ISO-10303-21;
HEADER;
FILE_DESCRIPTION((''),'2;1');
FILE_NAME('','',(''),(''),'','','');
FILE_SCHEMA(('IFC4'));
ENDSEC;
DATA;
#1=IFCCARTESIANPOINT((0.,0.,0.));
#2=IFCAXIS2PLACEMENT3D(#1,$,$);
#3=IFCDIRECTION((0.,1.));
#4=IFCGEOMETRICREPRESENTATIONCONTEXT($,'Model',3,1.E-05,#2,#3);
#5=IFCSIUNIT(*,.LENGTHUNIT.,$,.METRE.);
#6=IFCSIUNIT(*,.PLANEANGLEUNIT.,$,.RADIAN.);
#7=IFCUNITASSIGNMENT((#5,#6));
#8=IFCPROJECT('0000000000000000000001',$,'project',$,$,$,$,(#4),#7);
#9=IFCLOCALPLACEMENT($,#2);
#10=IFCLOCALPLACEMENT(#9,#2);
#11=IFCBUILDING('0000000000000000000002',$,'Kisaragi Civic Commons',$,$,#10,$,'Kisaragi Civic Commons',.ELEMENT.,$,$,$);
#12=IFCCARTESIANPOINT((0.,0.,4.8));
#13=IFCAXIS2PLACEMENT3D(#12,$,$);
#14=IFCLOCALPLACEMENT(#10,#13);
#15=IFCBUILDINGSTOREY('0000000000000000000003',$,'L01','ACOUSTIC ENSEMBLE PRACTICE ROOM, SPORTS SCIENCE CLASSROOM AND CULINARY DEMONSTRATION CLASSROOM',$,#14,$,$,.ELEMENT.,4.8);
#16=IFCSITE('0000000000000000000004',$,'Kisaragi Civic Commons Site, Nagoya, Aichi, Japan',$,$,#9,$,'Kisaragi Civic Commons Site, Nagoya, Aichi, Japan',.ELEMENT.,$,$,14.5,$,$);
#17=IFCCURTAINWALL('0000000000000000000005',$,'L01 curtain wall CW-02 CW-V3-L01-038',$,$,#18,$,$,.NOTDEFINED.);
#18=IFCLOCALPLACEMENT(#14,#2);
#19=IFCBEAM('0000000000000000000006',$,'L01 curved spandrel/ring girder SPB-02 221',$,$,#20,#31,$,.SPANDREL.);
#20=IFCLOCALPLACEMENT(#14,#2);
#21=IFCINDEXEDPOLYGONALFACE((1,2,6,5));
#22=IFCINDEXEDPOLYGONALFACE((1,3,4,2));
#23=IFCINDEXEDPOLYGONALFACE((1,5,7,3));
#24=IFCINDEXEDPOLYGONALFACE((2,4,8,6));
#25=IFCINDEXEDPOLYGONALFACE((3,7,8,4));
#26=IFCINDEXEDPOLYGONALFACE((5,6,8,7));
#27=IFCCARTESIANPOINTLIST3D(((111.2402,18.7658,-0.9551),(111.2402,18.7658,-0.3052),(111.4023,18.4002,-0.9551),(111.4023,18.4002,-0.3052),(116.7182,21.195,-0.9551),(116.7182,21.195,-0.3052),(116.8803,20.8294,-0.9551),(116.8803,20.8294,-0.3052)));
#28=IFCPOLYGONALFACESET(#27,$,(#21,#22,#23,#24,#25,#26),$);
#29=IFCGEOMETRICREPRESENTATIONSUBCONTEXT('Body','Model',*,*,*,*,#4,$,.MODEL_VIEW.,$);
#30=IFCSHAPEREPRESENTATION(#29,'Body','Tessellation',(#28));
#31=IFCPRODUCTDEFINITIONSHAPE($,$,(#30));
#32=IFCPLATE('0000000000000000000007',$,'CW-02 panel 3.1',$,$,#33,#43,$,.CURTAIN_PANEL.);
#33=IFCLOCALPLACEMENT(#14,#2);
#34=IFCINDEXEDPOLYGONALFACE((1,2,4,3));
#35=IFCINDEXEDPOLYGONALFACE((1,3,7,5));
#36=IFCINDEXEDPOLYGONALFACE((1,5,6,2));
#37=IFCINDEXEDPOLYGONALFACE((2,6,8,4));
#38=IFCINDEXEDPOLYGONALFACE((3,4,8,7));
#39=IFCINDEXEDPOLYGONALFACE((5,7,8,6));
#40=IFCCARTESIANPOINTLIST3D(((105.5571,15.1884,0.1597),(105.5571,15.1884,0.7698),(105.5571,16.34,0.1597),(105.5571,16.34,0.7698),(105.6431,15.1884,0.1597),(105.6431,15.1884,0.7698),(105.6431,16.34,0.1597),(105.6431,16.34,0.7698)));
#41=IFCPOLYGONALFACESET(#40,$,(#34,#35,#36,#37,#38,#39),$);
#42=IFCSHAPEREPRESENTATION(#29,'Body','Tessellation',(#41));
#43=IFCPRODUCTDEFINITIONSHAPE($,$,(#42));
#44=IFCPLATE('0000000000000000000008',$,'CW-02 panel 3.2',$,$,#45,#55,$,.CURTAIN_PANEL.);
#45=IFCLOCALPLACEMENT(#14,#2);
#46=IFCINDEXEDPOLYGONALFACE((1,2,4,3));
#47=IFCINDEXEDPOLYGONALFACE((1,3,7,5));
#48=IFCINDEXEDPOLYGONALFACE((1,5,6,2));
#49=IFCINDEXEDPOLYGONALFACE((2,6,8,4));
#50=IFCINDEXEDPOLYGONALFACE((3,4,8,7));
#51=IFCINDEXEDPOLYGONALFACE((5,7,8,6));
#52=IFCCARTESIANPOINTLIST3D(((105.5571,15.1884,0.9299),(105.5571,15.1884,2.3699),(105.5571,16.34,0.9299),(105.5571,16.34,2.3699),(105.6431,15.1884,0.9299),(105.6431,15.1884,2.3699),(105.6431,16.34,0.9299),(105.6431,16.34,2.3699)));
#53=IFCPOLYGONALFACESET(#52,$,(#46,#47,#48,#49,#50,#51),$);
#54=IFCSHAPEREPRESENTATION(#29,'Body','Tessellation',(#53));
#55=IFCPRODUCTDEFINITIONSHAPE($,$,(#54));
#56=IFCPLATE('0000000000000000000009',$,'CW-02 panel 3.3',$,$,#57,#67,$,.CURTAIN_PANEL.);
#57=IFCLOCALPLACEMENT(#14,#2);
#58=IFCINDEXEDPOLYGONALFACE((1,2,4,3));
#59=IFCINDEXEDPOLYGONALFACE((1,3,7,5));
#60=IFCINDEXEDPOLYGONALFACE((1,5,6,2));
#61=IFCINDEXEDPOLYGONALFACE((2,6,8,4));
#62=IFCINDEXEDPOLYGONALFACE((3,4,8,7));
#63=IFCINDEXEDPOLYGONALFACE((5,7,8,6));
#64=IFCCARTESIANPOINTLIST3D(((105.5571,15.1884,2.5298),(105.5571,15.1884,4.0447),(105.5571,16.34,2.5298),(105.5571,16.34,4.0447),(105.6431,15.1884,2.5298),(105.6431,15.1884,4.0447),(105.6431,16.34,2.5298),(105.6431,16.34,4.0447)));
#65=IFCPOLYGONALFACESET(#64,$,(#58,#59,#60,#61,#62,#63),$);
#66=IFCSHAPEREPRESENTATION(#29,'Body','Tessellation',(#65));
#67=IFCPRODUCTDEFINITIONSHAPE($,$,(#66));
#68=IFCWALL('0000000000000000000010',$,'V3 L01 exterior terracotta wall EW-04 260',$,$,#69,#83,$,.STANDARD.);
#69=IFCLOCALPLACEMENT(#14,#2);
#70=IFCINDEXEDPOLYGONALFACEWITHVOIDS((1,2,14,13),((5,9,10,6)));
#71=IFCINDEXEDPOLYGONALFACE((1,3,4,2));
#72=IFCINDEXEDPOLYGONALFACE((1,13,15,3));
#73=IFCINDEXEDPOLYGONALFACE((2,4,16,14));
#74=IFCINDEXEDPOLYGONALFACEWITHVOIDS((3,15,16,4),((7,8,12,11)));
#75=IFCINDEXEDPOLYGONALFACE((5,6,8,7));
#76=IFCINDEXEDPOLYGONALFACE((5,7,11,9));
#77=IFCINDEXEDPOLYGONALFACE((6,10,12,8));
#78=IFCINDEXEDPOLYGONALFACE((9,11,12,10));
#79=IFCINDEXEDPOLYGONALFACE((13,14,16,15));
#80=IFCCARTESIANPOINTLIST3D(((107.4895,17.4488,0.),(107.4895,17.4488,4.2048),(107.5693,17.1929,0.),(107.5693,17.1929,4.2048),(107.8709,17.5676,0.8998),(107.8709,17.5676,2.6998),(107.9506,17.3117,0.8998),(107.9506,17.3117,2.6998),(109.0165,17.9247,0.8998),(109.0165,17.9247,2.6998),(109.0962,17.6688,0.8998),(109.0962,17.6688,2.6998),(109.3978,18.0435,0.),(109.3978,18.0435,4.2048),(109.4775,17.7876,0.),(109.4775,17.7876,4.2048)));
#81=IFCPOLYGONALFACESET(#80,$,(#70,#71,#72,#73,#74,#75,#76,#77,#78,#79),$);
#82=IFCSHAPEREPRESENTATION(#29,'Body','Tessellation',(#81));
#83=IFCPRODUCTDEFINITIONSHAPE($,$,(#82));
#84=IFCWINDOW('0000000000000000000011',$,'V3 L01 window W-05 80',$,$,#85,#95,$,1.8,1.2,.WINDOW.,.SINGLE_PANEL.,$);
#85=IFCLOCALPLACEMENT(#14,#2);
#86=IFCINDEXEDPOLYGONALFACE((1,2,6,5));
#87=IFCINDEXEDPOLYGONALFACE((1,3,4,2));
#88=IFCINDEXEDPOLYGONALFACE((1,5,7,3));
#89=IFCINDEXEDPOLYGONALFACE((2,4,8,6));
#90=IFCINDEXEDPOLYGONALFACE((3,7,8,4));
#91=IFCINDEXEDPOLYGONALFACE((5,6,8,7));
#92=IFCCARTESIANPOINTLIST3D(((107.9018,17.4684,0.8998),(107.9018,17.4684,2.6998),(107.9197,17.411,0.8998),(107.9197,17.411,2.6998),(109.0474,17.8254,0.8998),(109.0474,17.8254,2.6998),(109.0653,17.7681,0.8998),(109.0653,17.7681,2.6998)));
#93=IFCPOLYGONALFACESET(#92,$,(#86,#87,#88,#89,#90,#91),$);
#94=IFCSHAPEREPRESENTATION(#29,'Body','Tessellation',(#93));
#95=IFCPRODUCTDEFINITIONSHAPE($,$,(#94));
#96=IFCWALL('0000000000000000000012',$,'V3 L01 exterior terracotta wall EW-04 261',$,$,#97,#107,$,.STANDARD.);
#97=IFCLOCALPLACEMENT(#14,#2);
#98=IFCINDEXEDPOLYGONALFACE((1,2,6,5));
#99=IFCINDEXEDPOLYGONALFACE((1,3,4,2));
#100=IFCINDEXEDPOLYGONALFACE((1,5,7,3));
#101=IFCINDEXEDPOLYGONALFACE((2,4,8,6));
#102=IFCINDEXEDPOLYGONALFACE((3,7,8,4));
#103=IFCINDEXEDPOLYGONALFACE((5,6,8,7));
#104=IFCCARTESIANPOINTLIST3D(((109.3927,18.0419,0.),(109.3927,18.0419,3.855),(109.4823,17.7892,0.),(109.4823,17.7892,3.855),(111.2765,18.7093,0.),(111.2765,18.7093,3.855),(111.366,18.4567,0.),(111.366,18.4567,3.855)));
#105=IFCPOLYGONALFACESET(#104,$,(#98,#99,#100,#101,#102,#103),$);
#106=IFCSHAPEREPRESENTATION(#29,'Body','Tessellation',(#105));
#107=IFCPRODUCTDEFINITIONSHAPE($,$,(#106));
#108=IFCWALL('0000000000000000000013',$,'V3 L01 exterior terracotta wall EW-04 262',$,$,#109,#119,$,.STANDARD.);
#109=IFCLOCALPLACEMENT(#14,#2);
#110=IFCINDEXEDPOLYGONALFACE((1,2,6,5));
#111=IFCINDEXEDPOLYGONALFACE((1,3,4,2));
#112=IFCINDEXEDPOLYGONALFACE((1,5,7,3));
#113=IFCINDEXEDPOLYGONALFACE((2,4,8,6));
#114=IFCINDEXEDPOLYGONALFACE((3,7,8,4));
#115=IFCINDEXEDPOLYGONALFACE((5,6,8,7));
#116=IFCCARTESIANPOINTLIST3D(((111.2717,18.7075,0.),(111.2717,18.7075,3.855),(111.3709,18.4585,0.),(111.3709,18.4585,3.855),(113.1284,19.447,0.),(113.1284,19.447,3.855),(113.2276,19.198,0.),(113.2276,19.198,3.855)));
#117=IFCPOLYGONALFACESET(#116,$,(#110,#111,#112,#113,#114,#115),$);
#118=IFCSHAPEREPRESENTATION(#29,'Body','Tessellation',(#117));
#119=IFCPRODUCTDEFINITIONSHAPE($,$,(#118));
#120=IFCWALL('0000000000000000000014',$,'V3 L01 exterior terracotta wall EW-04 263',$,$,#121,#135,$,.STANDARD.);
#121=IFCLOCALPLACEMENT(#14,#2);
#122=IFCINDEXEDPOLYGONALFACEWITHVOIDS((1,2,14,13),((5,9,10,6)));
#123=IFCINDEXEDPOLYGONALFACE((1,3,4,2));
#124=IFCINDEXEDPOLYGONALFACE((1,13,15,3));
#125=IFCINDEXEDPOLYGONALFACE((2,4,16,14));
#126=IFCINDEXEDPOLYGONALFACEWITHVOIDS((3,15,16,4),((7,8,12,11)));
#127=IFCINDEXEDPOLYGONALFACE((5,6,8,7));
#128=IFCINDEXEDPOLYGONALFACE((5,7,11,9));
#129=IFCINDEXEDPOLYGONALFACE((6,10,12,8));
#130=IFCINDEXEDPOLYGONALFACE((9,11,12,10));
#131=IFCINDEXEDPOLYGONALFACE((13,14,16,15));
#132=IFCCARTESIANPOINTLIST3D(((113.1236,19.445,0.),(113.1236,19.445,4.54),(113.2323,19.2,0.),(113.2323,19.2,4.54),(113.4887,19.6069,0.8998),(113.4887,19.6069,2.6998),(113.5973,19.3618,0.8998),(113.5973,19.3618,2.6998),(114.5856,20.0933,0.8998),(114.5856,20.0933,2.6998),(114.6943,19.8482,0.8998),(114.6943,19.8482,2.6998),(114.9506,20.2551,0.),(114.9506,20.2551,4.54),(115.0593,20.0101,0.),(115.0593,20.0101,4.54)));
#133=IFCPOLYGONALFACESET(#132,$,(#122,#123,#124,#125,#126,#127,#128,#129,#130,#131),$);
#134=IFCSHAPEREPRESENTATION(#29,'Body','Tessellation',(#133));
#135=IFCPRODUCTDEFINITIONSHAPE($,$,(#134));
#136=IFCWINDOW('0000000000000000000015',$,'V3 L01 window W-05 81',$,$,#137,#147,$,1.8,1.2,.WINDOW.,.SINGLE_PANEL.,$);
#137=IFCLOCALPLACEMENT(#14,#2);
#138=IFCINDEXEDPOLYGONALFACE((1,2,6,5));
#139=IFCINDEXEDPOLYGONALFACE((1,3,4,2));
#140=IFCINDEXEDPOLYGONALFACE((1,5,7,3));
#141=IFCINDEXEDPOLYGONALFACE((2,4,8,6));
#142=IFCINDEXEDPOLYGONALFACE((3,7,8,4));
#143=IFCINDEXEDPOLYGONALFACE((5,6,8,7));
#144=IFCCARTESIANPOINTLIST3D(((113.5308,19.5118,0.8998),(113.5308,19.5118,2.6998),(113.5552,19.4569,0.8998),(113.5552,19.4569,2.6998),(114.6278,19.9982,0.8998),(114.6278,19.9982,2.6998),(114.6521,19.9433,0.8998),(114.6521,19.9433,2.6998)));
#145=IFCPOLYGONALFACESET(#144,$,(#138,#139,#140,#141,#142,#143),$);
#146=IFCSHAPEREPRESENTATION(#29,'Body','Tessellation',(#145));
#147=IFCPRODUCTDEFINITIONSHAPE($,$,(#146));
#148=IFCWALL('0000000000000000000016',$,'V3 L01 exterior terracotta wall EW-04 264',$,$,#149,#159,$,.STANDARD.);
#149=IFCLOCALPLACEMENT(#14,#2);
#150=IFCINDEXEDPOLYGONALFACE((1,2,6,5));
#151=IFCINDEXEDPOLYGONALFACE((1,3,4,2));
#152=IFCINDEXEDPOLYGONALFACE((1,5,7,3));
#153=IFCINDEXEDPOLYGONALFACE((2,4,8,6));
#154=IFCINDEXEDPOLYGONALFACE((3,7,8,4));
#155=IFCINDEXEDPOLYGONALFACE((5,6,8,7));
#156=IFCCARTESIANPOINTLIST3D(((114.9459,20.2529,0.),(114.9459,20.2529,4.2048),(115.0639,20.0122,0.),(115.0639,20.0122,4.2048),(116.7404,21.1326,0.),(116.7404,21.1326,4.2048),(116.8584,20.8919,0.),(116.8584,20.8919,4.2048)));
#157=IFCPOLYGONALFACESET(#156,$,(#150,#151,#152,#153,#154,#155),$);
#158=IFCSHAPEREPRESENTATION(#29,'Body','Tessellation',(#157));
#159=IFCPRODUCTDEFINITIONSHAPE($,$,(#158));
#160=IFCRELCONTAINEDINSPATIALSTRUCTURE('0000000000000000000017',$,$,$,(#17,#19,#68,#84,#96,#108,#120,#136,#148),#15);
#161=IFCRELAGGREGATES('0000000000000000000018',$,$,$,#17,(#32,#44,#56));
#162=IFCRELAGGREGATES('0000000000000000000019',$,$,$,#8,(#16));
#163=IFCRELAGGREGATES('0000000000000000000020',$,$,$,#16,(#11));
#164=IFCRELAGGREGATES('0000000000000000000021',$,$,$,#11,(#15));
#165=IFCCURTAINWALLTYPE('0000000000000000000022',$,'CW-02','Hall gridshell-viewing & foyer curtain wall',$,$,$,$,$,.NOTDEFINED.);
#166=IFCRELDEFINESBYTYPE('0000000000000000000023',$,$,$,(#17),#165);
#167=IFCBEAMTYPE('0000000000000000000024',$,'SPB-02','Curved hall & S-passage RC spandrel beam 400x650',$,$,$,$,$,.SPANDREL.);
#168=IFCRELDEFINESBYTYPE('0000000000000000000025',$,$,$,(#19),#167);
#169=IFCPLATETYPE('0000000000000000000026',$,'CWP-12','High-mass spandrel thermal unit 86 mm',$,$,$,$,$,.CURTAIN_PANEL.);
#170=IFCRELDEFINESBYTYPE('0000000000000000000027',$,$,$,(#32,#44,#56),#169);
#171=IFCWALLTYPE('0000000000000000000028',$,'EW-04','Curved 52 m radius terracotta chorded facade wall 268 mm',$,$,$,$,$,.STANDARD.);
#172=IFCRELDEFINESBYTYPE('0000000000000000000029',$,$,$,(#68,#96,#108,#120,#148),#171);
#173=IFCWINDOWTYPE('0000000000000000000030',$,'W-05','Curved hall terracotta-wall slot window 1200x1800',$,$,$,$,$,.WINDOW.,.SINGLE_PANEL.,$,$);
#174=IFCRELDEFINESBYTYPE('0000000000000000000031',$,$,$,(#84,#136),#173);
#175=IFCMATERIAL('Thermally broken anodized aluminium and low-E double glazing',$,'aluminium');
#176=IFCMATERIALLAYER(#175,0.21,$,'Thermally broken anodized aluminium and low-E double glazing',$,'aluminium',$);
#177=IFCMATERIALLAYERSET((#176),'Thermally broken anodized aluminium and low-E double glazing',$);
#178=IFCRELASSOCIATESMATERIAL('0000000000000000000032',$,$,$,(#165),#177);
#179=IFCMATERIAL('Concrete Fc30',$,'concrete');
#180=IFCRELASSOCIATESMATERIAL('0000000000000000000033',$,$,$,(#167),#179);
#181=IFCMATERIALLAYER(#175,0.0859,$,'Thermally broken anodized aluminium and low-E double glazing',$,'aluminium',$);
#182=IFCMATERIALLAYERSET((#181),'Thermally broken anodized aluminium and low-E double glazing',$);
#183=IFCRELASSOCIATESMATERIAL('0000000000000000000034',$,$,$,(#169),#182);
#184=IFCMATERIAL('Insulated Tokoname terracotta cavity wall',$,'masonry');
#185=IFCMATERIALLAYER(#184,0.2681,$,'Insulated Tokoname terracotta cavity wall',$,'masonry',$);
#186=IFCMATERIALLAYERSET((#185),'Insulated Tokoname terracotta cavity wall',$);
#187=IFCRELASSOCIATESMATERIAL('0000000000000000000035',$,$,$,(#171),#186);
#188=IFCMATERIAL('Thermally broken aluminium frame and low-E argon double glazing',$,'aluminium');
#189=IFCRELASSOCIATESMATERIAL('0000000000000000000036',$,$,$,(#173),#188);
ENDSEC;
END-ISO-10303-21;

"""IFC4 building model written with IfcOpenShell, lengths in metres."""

from ifc_helpers import new_model, si_unit, direction, frame, frame_2d, origin, origin_2d, place, context, subcontext, project, spatial, rectangle, extrude, material, layer, layer_set, material_profile, profile_set, type_object, element, fill, aggregate, save


model = new_model("IFC4")

# Units and contexts
model_context = context("Model", 3, precision=1e-05, world=origin(), true_north=direction((0.0, 1.0)))
body_context = subcontext(model_context, "Body", "Model", "MODEL_VIEW")
ifc_project = project(units=[si_unit("LENGTHUNIT", "METRE"), si_unit("PLANEANGLEUNIT", "RADIAN")], contexts=[model_context])

# Site, building, storey
site_placement = place(None, origin())
site = spatial("IfcSite", under=ifc_project, at=site_placement, Name="Kisaragi Civic Commons Site, Nagoya, Aichi, Japan", LongName="Kisaragi Civic Commons Site, Nagoya, Aichi, Japan", CompositionType="ELEMENT", RefElevation=14.5)
building_placement = place(site_placement, origin())
building = spatial("IfcBuilding", under=site, at=building_placement, Name="Kisaragi Civic Commons", LongName="Kisaragi Civic Commons", CompositionType="ELEMENT")
storey_placement = place(building_placement, frame((0.0, 0.0, 4.8)))
storey = spatial("IfcBuildingStorey", under=building, at=storey_placement, Name="L01", Description="ACOUSTIC ENSEMBLE PRACTICE ROOM, SPORTS SCIENCE CLASSROOM AND CULINARY DEMONSTRATION CLASSROOM", CompositionType="ELEMENT", Elevation=4.8)

# Shared definitions
ifc_material_1 = material(Name="Concrete Fc30", Category="concrete")

# Curtain wall
ifc_material_2 = material(Name="Thermally broken anodized aluminium and low-E double glazing", Category="aluminium")
ifc_layer_1 = layer(ifc_material_2, 0.21, Name="Thermally broken anodized aluminium and low-E double glazing", Category="aluminium")
ifc_layer_set_1 = layer_set([ifc_layer_1], Name="Thermally broken anodized aluminium and low-E double glazing")
curtain_wall_type = type_object("IfcCurtainWallType", Name="CW-02", Description="Hall gridshell-viewing & foyer curtain wall", PredefinedType="NOTDEFINED", material=ifc_layer_set_1)
curtain_wall_placement = place(storey_placement, origin())
curtain_wall = element("IfcCurtainWall", 1, at=curtain_wall_placement, inside=storey, type_object=curtain_wall_type, Name="L01 curtain wall CW-02 CW-V3-L01-038", PredefinedType="NOTDEFINED")

# Beam
ifc_material_profile_1 = material_profile(ifc_material_1, rectangle(XDim=0.3999, YDim=0.6499, at=origin_2d()), Name="RC-400x650", Category="concrete")
ifc_profile_set_1 = profile_set([ifc_material_profile_1], Name="Concrete Fc30")
beam_type_1 = type_object("IfcBeamType", Name="SPB-02", Description="Curved hall & S-passage RC spandrel beam 400x650", PredefinedType="SPANDREL", material=ifc_profile_set_1)
beam_1_placement = place(storey_placement, frame((111.3213, 18.583, -0.6301), z_axis=(0.914151, 0.405375, 0.0), x_axis=(-0.405375, 0.914151, 0.0)))
element("IfcBeam", 2, at=beam_1_placement, inside=storey, type_object=beam_type_1, Name="L01 curved spandrel/ring girder SPB-02 221", PredefinedType="SPANDREL", context=body_context, shape_type="SweptSolid", body=[
    extrude(rectangle(XDim=0.3999, YDim=0.6499, at=origin_2d()), origin(), (0.0, 0.0, 1.0), 5.9924),
])

# Plates
ifc_layer_2 = layer(ifc_material_2, 0.0859, Name="Thermally broken anodized aluminium and low-E double glazing", Category="aluminium")
ifc_layer_set_2 = layer_set([ifc_layer_2], Name="Thermally broken anodized aluminium and low-E double glazing")
plate_type = type_object("IfcPlateType", Name="CWP-12", Description="High-mass spandrel thermal unit 86 mm", PredefinedType="CURTAIN_PANEL", material=ifc_layer_set_2)
plate_1_placement = place(storey_placement, frame((105.6001, 15.7642, 0.1597), z_axis=(0.0, 0.0, 1.0), x_axis=(0.0, 1.0, 0.0)))
plate_1 = element("IfcPlate", 3, at=plate_1_placement, type_object=plate_type, Name="CW-02 panel 3.1", PredefinedType="CURTAIN_PANEL", context=body_context, shape_type="SweptSolid", body=[
    extrude(rectangle(XDim=1.1516, YDim=0.0859, at=origin_2d()), origin(), (0.0, 0.0, 1.0), 0.6101),
])
plate_2_placement = place(storey_placement, frame((105.6001, 15.7642, 0.9299), z_axis=(0.0, 0.0, 1.0), x_axis=(0.0, 1.0, 0.0)))
plate_2 = element("IfcPlate", 4, at=plate_2_placement, type_object=plate_type, Name="CW-02 panel 3.2", PredefinedType="CURTAIN_PANEL", context=body_context, shape_type="SweptSolid", body=[
    extrude(rectangle(XDim=1.1516, YDim=0.0859, at=origin_2d()), origin(), (0.0, 0.0, 1.0), 1.4399),
])
plate_3_placement = place(storey_placement, frame((105.6001, 15.7642, 2.5298), z_axis=(0.0, 0.0, 1.0), x_axis=(0.0, 1.0, 0.0)))
plate_3 = element("IfcPlate", 5, at=plate_3_placement, type_object=plate_type, Name="CW-02 panel 3.3", PredefinedType="CURTAIN_PANEL", context=body_context, shape_type="SweptSolid", body=[
    extrude(rectangle(XDim=1.1516, YDim=0.0859, at=origin_2d()), origin(), (0.0, 0.0, 1.0), 1.5149),
])
aggregate(curtain_wall, [plate_1, plate_2, plate_3])

# Wall, opening, window
ifc_material_3 = material(Name="Insulated Tokoname terracotta cavity wall", Category="masonry")
ifc_layer_3 = layer(ifc_material_3, 0.2681, Name="Insulated Tokoname terracotta cavity wall", Category="masonry")
ifc_layer_set_3 = layer_set([ifc_layer_3], Name="Insulated Tokoname terracotta cavity wall")
wall_type = type_object("IfcWallType", Name="EW-04", Description="Curved 52 m radius terracotta chorded facade wall 268 mm", PredefinedType="STANDARD", material=ifc_layer_set_3)
wall_1_placement = place(storey_placement, frame((107.5293, 17.3208, 0.0), z_axis=(0.0, 0.0, 1.0), x_axis=(0.954706, 0.297552, 0.0)))
wall_1 = element("IfcWall", 6, at=wall_1_placement, inside=storey, type_object=wall_type, Name="V3 L01 exterior terracotta wall EW-04 260", PredefinedType="STANDARD", context=body_context, shape_type="SweptSolid", body=[
    extrude(rectangle(XDim=1.9988, YDim=0.2681, at=frame_2d((0.9995, 0.0))), origin(), (0.0, 0.0, 1.0), 4.2048),
])
opening_1_placement = place(wall_1_placement, frame((0.3994, 0.0, 0.8999)))
opening_1 = element("IfcOpeningElement", 7, at=opening_1_placement, cuts=wall_1, PredefinedType="OPENING", context=body_context, shape_type="SweptSolid", body=[
    extrude(rectangle(XDim=1.2, YDim=1.8, at=frame_2d((0.6001, 0.8999))), frame((0.0, 0.144, 0.0), z_axis=(0.0, -1.0, 0.0), x_axis=(1.0, 0.0, 0.0)), (0.0, 0.0, 1.0), 0.2881),
])
ifc_material_4 = material(Name="Thermally broken aluminium frame and low-E argon double glazing", Category="aluminium")
window_type = type_object("IfcWindowType", Name="W-05", Description="Curved hall terracotta-wall slot window 1200x1800", PartitioningType="SINGLE_PANEL", PredefinedType="WINDOW", material=ifc_material_4)
window_1_placement = place(opening_1_placement, origin())
window_1 = element("IfcWindow", 8, at=window_1_placement, inside=storey, type_object=window_type, Name="V3 L01 window W-05 80", OverallHeight=1.8, OverallWidth=1.2, PartitioningType="SINGLE_PANEL", PredefinedType="WINDOW", context=body_context, shape_type="SweptSolid", body=[
    extrude(rectangle(XDim=1.2, YDim=1.8, at=frame_2d((0.6001, 0.8999))), frame((0.0, 0.03, 0.0), z_axis=(0.0, -1.0, 0.0), x_axis=(1.0, 0.0, 0.0)), (0.0, 0.0, 1.0), 0.0601),
])
fill(opening_1, window_1)

# Walls
for number, where, z_axis, x_axis, name in (
    (9, (109.4375, 17.9155, 0.0), (0.0, 0.0, 1.0), (0.942579, 0.333983, 0.0), "V3 L01 exterior terracotta wall EW-04 261"),
    (10, (111.3213, 18.583, 0.0), (0.0, 0.0, 1.0), (0.929023, 0.370021, 0.0), "V3 L01 exterior terracotta wall EW-04 262"),
):
    element("IfcWall", number, at=place(storey_placement, frame(where, z_axis=z_axis, x_axis=x_axis)), inside=storey, type_object=wall_type, Name=name, PredefinedType="STANDARD", context=body_context, shape_type="SweptSolid", body=[
        extrude(rectangle(XDim=1.9985, YDim=0.2681, at=frame_2d((0.9993, 0.0))), origin(), (0.0, 0.0, 1.0), 3.855),
    ])

# Wall, opening, window
wall_2_placement = place(storey_placement, frame((113.178, 19.3225, 0.0), z_axis=(0.0, 0.0, 1.0), x_axis=(0.914164, 0.405345, 0.0)))
wall_2 = element("IfcWall", 11, at=wall_2_placement, inside=storey, type_object=wall_type, Name="V3 L01 exterior terracotta wall EW-04 263", PredefinedType="STANDARD", context=body_context, shape_type="SweptSolid", body=[
    extrude(rectangle(XDim=1.9985, YDim=0.2681, at=frame_2d((0.9993, 0.0))), origin(), (0.0, 0.0, 1.0), 4.54),
])
opening_2_placement = place(wall_2_placement, frame((0.3992, 0.0, 0.8999)))
opening_2 = element("IfcOpeningElement", 12, at=opening_2_placement, cuts=wall_2, PredefinedType="OPENING", context=body_context, shape_type="SweptSolid", body=[
    extrude(rectangle(XDim=1.2, YDim=1.8, at=frame_2d((0.6001, 0.8999))), frame((0.0, 0.144, 0.0), z_axis=(0.0, -1.0, 0.0), x_axis=(1.0, 0.0, 0.0)), (0.0, 0.0, 1.0), 0.2881),
])
window_2_placement = place(opening_2_placement, origin())
window_2 = element("IfcWindow", 13, at=window_2_placement, inside=storey, type_object=window_type, Name="V3 L01 window W-05 81", OverallHeight=1.8, OverallWidth=1.2, PartitioningType="SINGLE_PANEL", PredefinedType="WINDOW", context=body_context, shape_type="SweptSolid", body=[
    extrude(rectangle(XDim=1.2, YDim=1.8, at=frame_2d((0.6001, 0.8999))), frame((0.0, 0.03, 0.0), z_axis=(0.0, -1.0, 0.0), x_axis=(1.0, 0.0, 0.0)), (0.0, 0.0, 1.0), 0.0601),
])
fill(opening_2, window_2)

# Wall
wall_3_placement = place(storey_placement, frame((115.0049, 20.1326, 0.0), z_axis=(0.0, 0.0, 1.0), x_axis=(0.897918, 0.440163, 0.0)))
element("IfcWall", 14, at=wall_3_placement, inside=storey, type_object=wall_type, Name="V3 L01 exterior terracotta wall EW-04 264", PredefinedType="STANDARD", context=body_context, shape_type="SweptSolid", body=[
    extrude(rectangle(XDim=1.9985, YDim=0.2681, at=frame_2d((0.9993, 0.0))), origin(), (0.0, 0.0, 1.0), 4.2048),
])

save(model, "model.ifc")
